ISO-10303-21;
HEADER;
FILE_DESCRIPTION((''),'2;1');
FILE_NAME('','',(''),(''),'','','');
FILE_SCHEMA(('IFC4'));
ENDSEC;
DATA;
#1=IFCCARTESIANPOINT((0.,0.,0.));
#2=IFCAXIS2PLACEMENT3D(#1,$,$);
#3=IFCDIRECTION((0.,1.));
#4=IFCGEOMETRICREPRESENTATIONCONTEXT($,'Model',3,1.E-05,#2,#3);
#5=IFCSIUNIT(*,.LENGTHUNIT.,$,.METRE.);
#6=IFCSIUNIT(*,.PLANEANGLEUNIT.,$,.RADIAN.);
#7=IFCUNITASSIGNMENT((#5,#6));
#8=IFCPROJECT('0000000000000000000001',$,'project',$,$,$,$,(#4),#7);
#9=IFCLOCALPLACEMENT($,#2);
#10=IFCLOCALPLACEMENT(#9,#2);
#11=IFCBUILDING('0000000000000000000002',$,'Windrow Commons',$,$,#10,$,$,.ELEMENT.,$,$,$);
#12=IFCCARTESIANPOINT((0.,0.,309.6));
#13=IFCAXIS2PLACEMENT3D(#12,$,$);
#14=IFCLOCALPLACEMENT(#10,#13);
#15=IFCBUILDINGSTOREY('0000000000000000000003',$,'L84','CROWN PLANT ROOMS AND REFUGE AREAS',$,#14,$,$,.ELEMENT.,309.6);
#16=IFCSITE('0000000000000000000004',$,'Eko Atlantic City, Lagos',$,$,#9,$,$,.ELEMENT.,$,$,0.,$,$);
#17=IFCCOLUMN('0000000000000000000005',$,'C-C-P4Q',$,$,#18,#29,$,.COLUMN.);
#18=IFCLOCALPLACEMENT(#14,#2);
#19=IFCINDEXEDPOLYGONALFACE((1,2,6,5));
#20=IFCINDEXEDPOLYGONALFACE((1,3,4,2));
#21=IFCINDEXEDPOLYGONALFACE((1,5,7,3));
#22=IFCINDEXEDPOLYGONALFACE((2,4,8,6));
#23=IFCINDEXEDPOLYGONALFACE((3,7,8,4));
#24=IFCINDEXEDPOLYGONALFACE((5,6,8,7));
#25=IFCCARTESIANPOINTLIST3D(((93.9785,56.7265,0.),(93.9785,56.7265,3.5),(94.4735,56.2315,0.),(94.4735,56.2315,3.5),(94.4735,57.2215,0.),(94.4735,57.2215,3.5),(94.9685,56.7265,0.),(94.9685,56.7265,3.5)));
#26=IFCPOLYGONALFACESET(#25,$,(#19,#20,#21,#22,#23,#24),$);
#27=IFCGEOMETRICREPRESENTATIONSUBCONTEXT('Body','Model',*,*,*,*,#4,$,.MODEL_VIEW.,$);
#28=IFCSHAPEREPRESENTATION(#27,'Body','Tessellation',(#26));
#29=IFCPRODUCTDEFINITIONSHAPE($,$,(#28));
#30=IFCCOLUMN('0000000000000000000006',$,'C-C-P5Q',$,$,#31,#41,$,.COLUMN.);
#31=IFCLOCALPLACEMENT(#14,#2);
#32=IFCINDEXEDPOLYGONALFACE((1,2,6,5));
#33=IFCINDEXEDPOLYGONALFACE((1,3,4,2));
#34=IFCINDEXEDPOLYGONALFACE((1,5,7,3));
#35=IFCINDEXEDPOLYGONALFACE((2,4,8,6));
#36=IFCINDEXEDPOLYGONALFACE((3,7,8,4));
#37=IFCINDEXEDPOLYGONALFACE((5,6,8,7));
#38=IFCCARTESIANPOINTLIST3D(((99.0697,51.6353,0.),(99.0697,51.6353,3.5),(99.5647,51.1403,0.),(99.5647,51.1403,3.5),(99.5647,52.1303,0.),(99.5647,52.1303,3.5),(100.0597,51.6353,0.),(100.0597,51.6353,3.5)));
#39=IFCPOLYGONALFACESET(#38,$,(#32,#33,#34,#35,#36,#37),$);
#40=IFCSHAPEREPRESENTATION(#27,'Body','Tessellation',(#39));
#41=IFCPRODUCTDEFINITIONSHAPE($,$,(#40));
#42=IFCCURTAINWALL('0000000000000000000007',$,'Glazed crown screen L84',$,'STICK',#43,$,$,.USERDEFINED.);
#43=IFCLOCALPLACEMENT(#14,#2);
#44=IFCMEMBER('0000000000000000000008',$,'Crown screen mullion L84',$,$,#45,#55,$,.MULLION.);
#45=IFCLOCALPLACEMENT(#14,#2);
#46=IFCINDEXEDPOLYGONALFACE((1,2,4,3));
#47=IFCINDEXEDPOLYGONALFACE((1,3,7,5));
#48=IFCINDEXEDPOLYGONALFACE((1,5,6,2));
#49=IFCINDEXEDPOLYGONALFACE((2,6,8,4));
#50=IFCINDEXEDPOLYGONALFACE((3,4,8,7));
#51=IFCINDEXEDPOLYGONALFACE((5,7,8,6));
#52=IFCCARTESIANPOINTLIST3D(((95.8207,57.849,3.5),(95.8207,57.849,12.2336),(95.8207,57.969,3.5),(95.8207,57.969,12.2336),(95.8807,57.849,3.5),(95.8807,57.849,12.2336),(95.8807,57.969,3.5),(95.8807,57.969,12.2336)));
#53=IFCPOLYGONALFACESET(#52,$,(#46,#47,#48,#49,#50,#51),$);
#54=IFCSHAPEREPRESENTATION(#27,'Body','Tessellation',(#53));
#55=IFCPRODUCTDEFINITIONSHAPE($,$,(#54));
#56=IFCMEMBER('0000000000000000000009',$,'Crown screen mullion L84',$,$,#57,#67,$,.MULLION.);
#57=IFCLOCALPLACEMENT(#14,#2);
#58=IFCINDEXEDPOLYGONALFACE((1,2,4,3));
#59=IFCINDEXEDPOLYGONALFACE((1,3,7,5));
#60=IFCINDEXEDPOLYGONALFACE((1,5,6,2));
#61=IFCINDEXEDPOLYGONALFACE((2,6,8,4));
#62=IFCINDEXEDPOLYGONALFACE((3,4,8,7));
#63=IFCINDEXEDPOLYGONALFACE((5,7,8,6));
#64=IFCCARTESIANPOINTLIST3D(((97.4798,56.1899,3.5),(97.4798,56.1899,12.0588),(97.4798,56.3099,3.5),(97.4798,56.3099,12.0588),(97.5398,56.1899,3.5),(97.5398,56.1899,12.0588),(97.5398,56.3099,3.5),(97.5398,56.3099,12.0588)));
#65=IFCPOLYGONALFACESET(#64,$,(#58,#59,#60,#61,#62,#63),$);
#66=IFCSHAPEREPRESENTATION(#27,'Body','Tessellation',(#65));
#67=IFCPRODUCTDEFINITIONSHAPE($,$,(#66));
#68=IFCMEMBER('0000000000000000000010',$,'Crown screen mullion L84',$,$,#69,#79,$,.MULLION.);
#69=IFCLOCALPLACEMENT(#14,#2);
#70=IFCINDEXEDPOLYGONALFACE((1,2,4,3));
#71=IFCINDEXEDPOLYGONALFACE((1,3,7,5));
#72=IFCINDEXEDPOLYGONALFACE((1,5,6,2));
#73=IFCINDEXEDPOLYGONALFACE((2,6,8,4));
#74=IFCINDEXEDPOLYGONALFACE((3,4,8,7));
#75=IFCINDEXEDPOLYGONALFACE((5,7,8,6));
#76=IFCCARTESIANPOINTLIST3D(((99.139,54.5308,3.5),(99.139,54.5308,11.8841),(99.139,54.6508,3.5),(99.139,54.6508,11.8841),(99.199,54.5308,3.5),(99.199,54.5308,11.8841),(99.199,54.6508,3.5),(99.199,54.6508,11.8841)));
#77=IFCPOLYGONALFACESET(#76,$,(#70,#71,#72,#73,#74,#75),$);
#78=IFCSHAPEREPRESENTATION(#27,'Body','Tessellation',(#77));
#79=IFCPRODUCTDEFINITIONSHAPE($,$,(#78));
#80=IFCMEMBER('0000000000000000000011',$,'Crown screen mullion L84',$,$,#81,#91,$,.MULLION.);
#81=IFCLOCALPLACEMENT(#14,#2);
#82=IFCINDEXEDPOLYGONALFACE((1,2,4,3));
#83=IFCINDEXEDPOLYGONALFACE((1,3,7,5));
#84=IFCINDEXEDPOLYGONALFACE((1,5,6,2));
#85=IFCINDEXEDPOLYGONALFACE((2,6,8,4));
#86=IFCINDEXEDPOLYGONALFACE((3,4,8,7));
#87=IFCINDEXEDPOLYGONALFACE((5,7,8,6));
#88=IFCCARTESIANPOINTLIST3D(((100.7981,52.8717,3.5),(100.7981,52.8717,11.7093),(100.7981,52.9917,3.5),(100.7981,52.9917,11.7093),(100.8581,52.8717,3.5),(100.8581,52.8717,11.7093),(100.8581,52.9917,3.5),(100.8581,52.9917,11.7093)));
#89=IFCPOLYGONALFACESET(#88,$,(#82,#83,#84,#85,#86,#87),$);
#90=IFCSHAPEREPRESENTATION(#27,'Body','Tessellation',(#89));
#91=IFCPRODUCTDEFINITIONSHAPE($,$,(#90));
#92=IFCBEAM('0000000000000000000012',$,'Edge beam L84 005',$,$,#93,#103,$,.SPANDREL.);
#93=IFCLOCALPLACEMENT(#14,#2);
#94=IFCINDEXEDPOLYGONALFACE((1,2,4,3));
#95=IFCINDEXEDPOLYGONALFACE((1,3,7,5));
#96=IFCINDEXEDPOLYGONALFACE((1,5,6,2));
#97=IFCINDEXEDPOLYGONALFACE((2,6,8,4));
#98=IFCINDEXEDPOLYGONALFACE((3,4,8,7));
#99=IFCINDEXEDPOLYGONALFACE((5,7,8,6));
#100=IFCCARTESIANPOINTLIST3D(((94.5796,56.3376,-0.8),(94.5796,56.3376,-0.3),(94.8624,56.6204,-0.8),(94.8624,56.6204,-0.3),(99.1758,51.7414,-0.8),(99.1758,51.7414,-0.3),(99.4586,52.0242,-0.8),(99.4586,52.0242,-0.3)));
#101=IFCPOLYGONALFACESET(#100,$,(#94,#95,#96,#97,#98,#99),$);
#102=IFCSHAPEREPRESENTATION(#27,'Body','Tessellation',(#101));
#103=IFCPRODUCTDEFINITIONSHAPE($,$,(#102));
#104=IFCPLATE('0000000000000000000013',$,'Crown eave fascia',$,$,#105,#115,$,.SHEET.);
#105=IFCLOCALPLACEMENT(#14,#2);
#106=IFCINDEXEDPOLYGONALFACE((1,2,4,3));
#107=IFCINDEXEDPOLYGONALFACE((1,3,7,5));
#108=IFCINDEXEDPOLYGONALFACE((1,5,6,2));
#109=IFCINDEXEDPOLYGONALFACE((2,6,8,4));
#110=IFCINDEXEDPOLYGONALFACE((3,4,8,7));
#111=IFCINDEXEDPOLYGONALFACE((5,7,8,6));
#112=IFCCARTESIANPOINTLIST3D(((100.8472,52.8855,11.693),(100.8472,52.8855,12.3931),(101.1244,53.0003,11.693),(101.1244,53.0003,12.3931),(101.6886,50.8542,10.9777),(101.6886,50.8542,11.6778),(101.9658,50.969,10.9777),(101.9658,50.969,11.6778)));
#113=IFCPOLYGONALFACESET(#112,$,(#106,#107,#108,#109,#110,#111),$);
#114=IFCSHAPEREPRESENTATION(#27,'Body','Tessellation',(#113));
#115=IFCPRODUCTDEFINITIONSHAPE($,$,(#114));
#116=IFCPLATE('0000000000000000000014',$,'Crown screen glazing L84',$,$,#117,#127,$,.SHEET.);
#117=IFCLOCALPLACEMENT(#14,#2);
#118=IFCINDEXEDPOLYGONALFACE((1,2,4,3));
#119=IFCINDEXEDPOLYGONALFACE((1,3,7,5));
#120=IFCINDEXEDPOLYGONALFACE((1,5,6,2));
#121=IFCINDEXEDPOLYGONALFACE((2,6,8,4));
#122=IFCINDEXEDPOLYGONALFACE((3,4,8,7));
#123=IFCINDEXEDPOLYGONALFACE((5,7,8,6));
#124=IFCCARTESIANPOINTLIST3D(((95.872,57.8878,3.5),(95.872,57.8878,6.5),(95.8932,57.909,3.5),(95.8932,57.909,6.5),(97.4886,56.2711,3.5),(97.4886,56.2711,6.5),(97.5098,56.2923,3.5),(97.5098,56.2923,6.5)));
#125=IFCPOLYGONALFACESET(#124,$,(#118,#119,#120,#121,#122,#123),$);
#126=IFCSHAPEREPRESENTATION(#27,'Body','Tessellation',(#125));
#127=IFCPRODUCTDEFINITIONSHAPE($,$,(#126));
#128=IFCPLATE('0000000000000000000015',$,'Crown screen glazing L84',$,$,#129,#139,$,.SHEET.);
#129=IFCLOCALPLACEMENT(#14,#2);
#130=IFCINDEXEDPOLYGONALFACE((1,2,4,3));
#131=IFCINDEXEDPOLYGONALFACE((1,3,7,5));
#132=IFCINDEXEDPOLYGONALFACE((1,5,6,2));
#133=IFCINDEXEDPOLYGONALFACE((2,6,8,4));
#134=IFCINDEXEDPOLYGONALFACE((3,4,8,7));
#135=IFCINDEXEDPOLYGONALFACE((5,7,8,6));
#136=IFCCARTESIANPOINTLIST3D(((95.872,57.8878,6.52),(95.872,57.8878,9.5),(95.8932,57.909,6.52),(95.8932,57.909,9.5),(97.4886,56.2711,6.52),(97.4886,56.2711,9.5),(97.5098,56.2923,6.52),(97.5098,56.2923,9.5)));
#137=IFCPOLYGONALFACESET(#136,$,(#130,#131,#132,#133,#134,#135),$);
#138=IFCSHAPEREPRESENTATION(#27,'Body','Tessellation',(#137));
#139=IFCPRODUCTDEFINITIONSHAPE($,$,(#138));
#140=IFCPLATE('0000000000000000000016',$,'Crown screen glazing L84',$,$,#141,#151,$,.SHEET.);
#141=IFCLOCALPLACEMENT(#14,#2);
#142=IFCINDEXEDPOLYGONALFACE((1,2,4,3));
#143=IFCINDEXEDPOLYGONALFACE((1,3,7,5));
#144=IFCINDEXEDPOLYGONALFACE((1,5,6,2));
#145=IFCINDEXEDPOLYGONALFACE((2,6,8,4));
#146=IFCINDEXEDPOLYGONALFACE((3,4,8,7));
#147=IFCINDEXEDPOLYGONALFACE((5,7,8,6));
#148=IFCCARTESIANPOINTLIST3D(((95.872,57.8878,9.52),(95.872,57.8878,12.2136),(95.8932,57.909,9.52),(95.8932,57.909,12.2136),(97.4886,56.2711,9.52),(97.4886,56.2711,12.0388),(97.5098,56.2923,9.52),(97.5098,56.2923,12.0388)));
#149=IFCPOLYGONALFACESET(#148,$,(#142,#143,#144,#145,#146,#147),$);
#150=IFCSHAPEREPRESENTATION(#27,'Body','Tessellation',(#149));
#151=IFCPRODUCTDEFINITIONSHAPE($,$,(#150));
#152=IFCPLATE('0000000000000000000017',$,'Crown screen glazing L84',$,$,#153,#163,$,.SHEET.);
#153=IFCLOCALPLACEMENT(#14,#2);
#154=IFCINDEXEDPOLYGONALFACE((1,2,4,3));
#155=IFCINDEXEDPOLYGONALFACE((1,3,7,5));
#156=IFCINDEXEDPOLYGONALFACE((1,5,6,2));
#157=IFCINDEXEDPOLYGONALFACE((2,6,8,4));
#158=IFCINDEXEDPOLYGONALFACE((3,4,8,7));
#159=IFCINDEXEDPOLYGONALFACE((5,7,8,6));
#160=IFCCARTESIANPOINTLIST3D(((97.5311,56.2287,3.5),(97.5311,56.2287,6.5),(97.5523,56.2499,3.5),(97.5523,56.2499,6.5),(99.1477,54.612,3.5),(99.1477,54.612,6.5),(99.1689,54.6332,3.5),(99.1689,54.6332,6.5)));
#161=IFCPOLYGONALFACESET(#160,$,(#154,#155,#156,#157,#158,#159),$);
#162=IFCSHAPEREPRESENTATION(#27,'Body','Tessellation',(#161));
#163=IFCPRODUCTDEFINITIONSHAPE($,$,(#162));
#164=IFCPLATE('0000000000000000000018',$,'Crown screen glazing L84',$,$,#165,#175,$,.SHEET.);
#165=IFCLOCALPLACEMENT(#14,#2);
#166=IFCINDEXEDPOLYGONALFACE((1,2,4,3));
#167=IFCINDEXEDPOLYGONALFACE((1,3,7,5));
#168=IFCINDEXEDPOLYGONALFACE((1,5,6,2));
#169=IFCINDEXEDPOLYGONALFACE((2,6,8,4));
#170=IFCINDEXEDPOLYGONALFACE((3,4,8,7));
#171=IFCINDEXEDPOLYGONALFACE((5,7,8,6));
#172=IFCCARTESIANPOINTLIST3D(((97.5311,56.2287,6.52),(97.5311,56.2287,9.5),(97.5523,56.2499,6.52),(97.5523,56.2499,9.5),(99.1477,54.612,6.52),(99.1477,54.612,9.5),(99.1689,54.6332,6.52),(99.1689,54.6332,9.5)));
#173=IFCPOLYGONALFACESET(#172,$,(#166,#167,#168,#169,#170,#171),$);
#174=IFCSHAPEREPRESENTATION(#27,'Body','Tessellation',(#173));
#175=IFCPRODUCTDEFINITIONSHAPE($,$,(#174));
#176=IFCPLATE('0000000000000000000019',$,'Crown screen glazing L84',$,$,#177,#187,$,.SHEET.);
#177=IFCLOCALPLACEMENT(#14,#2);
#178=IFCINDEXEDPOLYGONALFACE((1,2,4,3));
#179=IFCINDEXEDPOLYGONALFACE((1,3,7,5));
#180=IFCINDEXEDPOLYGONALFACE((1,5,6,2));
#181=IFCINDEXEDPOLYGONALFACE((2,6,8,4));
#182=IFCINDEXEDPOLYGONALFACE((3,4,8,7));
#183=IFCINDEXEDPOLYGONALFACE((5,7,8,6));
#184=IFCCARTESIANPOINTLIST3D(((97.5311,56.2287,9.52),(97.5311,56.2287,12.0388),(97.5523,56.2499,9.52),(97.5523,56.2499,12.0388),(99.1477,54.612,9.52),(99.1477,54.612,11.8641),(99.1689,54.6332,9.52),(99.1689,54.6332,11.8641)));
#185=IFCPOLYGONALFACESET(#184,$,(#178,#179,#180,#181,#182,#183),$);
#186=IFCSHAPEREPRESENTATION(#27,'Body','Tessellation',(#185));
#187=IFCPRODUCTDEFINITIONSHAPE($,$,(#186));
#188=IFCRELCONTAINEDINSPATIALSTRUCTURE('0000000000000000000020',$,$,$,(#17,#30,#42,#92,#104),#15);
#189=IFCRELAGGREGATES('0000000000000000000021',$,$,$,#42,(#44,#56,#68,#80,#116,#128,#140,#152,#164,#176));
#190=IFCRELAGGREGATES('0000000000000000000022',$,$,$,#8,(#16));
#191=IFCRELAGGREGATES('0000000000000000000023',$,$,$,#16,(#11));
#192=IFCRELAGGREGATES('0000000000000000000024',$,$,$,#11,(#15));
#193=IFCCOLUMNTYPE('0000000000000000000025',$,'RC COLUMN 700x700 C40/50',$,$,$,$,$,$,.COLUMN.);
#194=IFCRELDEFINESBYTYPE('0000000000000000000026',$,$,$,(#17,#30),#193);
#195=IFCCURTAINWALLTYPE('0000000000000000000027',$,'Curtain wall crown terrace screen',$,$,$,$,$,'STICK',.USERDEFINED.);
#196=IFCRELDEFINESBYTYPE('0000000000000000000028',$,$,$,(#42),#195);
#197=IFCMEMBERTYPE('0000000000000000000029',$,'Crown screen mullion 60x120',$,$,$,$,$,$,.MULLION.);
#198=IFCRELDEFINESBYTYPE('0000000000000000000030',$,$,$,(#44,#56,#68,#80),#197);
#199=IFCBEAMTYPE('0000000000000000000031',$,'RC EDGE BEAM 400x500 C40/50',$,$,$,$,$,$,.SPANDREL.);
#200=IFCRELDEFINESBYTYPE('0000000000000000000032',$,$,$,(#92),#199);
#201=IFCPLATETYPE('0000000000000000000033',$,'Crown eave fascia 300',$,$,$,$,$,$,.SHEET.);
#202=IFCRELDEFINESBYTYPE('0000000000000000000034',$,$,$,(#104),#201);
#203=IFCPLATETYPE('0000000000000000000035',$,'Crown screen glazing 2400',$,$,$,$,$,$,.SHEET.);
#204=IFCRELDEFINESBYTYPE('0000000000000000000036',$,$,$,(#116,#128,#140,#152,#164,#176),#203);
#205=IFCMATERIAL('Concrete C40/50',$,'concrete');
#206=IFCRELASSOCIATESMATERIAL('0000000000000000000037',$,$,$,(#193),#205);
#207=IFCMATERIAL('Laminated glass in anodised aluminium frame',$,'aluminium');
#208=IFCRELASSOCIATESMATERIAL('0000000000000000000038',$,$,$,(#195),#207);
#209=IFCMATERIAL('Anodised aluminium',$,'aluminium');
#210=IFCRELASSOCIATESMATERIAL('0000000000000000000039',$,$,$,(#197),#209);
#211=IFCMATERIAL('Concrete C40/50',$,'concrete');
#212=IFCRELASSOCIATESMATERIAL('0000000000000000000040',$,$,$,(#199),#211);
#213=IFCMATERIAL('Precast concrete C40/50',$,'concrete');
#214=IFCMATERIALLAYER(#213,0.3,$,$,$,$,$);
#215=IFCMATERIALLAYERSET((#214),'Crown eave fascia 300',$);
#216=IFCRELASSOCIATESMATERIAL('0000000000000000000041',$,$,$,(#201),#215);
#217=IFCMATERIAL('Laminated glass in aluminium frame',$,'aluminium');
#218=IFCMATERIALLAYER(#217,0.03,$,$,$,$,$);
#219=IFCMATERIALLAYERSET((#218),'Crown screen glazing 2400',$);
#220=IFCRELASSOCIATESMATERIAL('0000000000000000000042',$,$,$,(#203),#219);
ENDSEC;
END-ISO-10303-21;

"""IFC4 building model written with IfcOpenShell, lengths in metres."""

from ifc_helpers import new_model, si_unit, direction, frame, origin, origin_2d, place, context, subcontext, project, spatial, polyline, rectangle, outline, extrude, material, layer, layer_set, material_profile, profile_set, type_object, element, aggregate, save


model = new_model("IFC4")

# Units and contexts
model_context = context("Model", 3, precision=1e-05, world=origin(), true_north=direction((0.0, 1.0)))
body_context = subcontext(model_context, "Body", "Model", "MODEL_VIEW")
ifc_project = project(units=[si_unit("LENGTHUNIT", "METRE"), si_unit("PLANEANGLEUNIT", "RADIAN")], contexts=[model_context])

# Site, building, storey
site_placement = place(None, origin())
site = spatial("IfcSite", under=ifc_project, at=site_placement, Name="Eko Atlantic City, Lagos", CompositionType="ELEMENT", RefElevation=0.0)
building_placement = place(site_placement, origin())
building = spatial("IfcBuilding", under=site, at=building_placement, Name="Windrow Commons", CompositionType="ELEMENT")
storey_placement = place(building_placement, frame((0.0, 0.0, 309.6)))
storey = spatial("IfcBuildingStorey", under=building, at=storey_placement, Name="L84", Description="CROWN PLANT ROOMS AND REFUGE AREAS", CompositionType="ELEMENT", Elevation=309.6)

# Columns
ifc_material_1 = material(Name="Concrete C40/50", Category="concrete")
ifc_material_profile_1 = material_profile(ifc_material_1, rectangle(XDim=0.7, YDim=0.7, at=origin_2d()))
ifc_profile_set_1 = profile_set([ifc_material_profile_1], Name="Concrete C40/50")
column_type = type_object("IfcColumnType", Name="RC COLUMN 700x700 C40/50", PredefinedType="COLUMN", material=ifc_profile_set_1)
for number, where, z_axis, x_axis, name in (
    (1, (94.4735, 56.7265, 0.0), (0.0, 0.0, 1.0), (0.707107, -0.707107, 0.0), "C-C-P4Q"),
    (2, (99.5647, 51.6353, 0.0), (0.0, 0.0, 1.0), (0.707107, -0.707107, 0.0), "C-C-P5Q"),
):
    element("IfcColumn", number, at=place(storey_placement, frame(where, z_axis=z_axis, x_axis=x_axis)), inside=storey, type_object=column_type, Name=name, PredefinedType="COLUMN", context=body_context, shape_type="SweptSolid", body=[
        extrude(rectangle(XDim=0.7, YDim=0.7, at=origin_2d()), origin(), (0.0, 0.0, 1.0), 3.5),
    ])

# Curtain wall, members
ifc_material_2 = material(Name="Laminated glass in anodised aluminium frame", Category="aluminium")
curtain_wall_type = type_object("IfcCurtainWallType", Name="Curtain wall crown terrace screen", ElementType="STICK", PredefinedType="USERDEFINED", material=ifc_material_2)
placement = place(storey_placement, origin())
curtain_wall_1 = element("IfcCurtainWall", 3, at=placement, inside=storey, type_object=curtain_wall_type, Name="Glazed crown screen L84", ObjectType="STICK", PredefinedType="USERDEFINED")
ifc_material_3 = material(Name="Anodised aluminium", Category="aluminium")
ifc_material_profile_2 = material_profile(ifc_material_3, rectangle(XDim=0.06, YDim=0.12, at=origin_2d()))
ifc_profile_set_2 = profile_set([ifc_material_profile_2], Name="Anodised aluminium")
member_type = type_object("IfcMemberType", Name="Crown screen mullion 60x120", PredefinedType="MULLION", material=ifc_profile_set_2)
member_1_placement = place(storey_placement, frame((95.8507, 57.909, 3.5), z_axis=(0.0, 0.0, 1.0), x_axis=(1.0, 0.0, 0.0)))
member_1 = element("IfcMember", 4, at=member_1_placement, type_object=member_type, Name="Crown screen mullion L84", PredefinedType="MULLION", context=body_context, shape_type="SweptSolid", body=[
    extrude(rectangle(XDim=0.06, YDim=0.12, at=origin_2d()), origin(), (0.0, 0.0, 1.0), 8.7336),
])
member_2_placement = place(storey_placement, frame((97.5098, 56.2499, 3.5), z_axis=(0.0, 0.0, 1.0), x_axis=(1.0, 0.0, 0.0)))
member_2 = element("IfcMember", 5, at=member_2_placement, type_object=member_type, Name="Crown screen mullion L84", PredefinedType="MULLION", context=body_context, shape_type="SweptSolid", body=[
    extrude(rectangle(XDim=0.06, YDim=0.12, at=origin_2d()), origin(), (0.0, 0.0, 1.0), 8.5588),
])
member_3_placement = place(storey_placement, frame((99.169, 54.5908, 3.5), z_axis=(0.0, 0.0, 1.0), x_axis=(1.0, 0.0, 0.0)))
member_3 = element("IfcMember", 6, at=member_3_placement, type_object=member_type, Name="Crown screen mullion L84", PredefinedType="MULLION", context=body_context, shape_type="SweptSolid", body=[
    extrude(rectangle(XDim=0.06, YDim=0.12, at=origin_2d()), origin(), (0.0, 0.0, 1.0), 8.3841),
])
member_4_placement = place(storey_placement, frame((100.8281, 52.9317, 3.5), z_axis=(0.0, 0.0, 1.0), x_axis=(1.0, 0.0, 0.0)))
member_4 = element("IfcMember", 7, at=member_4_placement, type_object=member_type, Name="Crown screen mullion L84", PredefinedType="MULLION", context=body_context, shape_type="SweptSolid", body=[
    extrude(rectangle(XDim=0.06, YDim=0.12, at=origin_2d()), origin(), (0.0, 0.0, 1.0), 8.2093),
])

# Beam
ifc_material_4 = material(Name="Concrete C40/50", Category="concrete")
ifc_material_profile_3 = material_profile(ifc_material_4, rectangle(XDim=0.4, YDim=0.5, at=origin_2d()))
ifc_profile_set_3 = profile_set([ifc_material_profile_3], Name="Concrete C40/50")
beam_type = type_object("IfcBeamType", Name="RC EDGE BEAM 400x500 C40/50", PredefinedType="SPANDREL", material=ifc_profile_set_3)
beam_placement = place(storey_placement, frame((94.721, 56.479, -0.55), z_axis=(0.707107, -0.707107, 0.0), x_axis=(0.707107, 0.707107, 0.0)))
element("IfcBeam", 8, at=beam_placement, inside=storey, type_object=beam_type, Name="Edge beam L84 005", PredefinedType="SPANDREL", context=body_context, shape_type="SweptSolid", body=[
    extrude(rectangle(XDim=0.4, YDim=0.5, at=origin_2d()), origin(), (0.0, 0.0, 1.0), 6.5),
])

# Plates
ifc_material_5 = material(Name="Precast concrete C40/50", Category="concrete")
ifc_layer_1 = layer(ifc_material_5, 0.3)
ifc_layer_set_1 = layer_set([ifc_layer_1], Name="Crown eave fascia 300")
plate_type_1 = type_object("IfcPlateType", Name="Crown eave fascia 300", PredefinedType="SHEET", material=ifc_layer_set_1)
plate_1_placement = place(storey_placement, frame((100.8472, 52.8855, 11.693), z_axis=(-0.923878, -0.382687, 0.0), x_axis=(0.363912, -0.878553, -0.309373)))
element("IfcPlate", 9, at=plate_1_placement, inside=storey, type_object=plate_type_1, Name="Crown eave fascia", PredefinedType="SHEET", context=body_context, shape_type="SweptSolid", body=[
    extrude(outline(polyline([(0.0, 0.0), (2.3121, 0.0), (2.0955, 0.6657), (-0.2166, 0.6657), (0.0, 0.0)])), origin(), (0.0, 0.0, -1.0), 0.3),
])
ifc_material_6 = material(Name="Laminated glass in aluminium frame", Category="aluminium")
ifc_layer_2 = layer(ifc_material_6, 0.03)
ifc_layer_set_2 = layer_set([ifc_layer_2], Name="Crown screen glazing 2400")
plate_type_2 = type_object("IfcPlateType", Name="Crown screen glazing 2400", PredefinedType="SHEET", material=ifc_layer_set_2)
plate_2_placement = place(storey_placement, frame((95.872, 57.8878, 3.5), z_axis=(-0.707129, -0.707085, 0.0), x_axis=(0.707085, -0.707129, 0.0)))
plate_2 = element("IfcPlate", 10, at=plate_2_placement, type_object=plate_type_2, Name="Crown screen glazing L84", PredefinedType="SHEET", context=body_context, shape_type="SweptSolid", body=[
    extrude(outline(polyline([(0.0, 0.0), (2.2863, 0.0), (2.2863, 3.0), (0.0, 3.0), (0.0, 0.0)])), origin(), (0.0, 0.0, -1.0), 0.03),
])
plate_3_placement = place(storey_placement, frame((95.872, 57.8878, 6.52), z_axis=(-0.707129, -0.707085, 0.0), x_axis=(0.707085, -0.707129, 0.0)))
plate_3 = element("IfcPlate", 11, at=plate_3_placement, type_object=plate_type_2, Name="Crown screen glazing L84", PredefinedType="SHEET", context=body_context, shape_type="SweptSolid", body=[
    extrude(outline(polyline([(0.0, 0.0), (2.2863, 0.0), (2.2863, 2.98), (0.0, 2.98), (0.0, 0.0)])), origin(), (0.0, 0.0, -1.0), 0.03),
])
plate_4_placement = place(storey_placement, frame((95.872, 57.8878, 9.52), z_axis=(-0.707129, -0.707085, 0.0), x_axis=(0.707085, -0.707129, 0.0)))
plate_4 = element("IfcPlate", 12, at=plate_4_placement, type_object=plate_type_2, Name="Crown screen glazing L84", PredefinedType="SHEET", context=body_context, shape_type="SweptSolid", body=[
    extrude(outline(polyline([(0.0, 0.0), (2.2863, 0.0), (2.2863, 2.5188), (0.0, 2.6936), (0.0, 0.0)])), origin(), (0.0, 0.0, -1.0), 0.03),
])
plate_5_placement = place(storey_placement, frame((97.5311, 56.2287, 3.5), z_axis=(-0.707129, -0.707085, 0.0), x_axis=(0.707085, -0.707129, 0.0)))
plate_5 = element("IfcPlate", 13, at=plate_5_placement, type_object=plate_type_2, Name="Crown screen glazing L84", PredefinedType="SHEET", context=body_context, shape_type="SweptSolid", body=[
    extrude(outline(polyline([(0.0, 0.0), (2.2863, 0.0), (2.2863, 3.0), (0.0, 3.0), (0.0, 0.0)])), origin(), (0.0, 0.0, -1.0), 0.03),
])
plate_6_placement = place(storey_placement, frame((97.5311, 56.2287, 6.52), z_axis=(-0.707129, -0.707085, 0.0), x_axis=(0.707085, -0.707129, 0.0)))
plate_6 = element("IfcPlate", 14, at=plate_6_placement, type_object=plate_type_2, Name="Crown screen glazing L84", PredefinedType="SHEET", context=body_context, shape_type="SweptSolid", body=[
    extrude(outline(polyline([(0.0, 0.0), (2.2863, 0.0), (2.2863, 2.98), (0.0, 2.98), (0.0, 0.0)])), origin(), (0.0, 0.0, -1.0), 0.03),
])
plate_7_placement = place(storey_placement, frame((97.5311, 56.2287, 9.52), z_axis=(-0.707129, -0.707085, 0.0), x_axis=(0.707085, -0.707129, 0.0)))
plate_7 = element("IfcPlate", 15, at=plate_7_placement, type_object=plate_type_2, Name="Crown screen glazing L84", PredefinedType="SHEET", context=body_context, shape_type="SweptSolid", body=[
    extrude(outline(polyline([(0.0, 0.0), (2.2863, 0.0), (2.2863, 2.3441), (0.0, 2.5188), (0.0, 0.0)])), origin(), (0.0, 0.0, -1.0), 0.03),
])
aggregate(curtain_wall_1, [member_1, member_2, member_3, member_4, plate_2, plate_3, plate_4, plate_5, plate_6, plate_7])

save(model, "model.ifc")
